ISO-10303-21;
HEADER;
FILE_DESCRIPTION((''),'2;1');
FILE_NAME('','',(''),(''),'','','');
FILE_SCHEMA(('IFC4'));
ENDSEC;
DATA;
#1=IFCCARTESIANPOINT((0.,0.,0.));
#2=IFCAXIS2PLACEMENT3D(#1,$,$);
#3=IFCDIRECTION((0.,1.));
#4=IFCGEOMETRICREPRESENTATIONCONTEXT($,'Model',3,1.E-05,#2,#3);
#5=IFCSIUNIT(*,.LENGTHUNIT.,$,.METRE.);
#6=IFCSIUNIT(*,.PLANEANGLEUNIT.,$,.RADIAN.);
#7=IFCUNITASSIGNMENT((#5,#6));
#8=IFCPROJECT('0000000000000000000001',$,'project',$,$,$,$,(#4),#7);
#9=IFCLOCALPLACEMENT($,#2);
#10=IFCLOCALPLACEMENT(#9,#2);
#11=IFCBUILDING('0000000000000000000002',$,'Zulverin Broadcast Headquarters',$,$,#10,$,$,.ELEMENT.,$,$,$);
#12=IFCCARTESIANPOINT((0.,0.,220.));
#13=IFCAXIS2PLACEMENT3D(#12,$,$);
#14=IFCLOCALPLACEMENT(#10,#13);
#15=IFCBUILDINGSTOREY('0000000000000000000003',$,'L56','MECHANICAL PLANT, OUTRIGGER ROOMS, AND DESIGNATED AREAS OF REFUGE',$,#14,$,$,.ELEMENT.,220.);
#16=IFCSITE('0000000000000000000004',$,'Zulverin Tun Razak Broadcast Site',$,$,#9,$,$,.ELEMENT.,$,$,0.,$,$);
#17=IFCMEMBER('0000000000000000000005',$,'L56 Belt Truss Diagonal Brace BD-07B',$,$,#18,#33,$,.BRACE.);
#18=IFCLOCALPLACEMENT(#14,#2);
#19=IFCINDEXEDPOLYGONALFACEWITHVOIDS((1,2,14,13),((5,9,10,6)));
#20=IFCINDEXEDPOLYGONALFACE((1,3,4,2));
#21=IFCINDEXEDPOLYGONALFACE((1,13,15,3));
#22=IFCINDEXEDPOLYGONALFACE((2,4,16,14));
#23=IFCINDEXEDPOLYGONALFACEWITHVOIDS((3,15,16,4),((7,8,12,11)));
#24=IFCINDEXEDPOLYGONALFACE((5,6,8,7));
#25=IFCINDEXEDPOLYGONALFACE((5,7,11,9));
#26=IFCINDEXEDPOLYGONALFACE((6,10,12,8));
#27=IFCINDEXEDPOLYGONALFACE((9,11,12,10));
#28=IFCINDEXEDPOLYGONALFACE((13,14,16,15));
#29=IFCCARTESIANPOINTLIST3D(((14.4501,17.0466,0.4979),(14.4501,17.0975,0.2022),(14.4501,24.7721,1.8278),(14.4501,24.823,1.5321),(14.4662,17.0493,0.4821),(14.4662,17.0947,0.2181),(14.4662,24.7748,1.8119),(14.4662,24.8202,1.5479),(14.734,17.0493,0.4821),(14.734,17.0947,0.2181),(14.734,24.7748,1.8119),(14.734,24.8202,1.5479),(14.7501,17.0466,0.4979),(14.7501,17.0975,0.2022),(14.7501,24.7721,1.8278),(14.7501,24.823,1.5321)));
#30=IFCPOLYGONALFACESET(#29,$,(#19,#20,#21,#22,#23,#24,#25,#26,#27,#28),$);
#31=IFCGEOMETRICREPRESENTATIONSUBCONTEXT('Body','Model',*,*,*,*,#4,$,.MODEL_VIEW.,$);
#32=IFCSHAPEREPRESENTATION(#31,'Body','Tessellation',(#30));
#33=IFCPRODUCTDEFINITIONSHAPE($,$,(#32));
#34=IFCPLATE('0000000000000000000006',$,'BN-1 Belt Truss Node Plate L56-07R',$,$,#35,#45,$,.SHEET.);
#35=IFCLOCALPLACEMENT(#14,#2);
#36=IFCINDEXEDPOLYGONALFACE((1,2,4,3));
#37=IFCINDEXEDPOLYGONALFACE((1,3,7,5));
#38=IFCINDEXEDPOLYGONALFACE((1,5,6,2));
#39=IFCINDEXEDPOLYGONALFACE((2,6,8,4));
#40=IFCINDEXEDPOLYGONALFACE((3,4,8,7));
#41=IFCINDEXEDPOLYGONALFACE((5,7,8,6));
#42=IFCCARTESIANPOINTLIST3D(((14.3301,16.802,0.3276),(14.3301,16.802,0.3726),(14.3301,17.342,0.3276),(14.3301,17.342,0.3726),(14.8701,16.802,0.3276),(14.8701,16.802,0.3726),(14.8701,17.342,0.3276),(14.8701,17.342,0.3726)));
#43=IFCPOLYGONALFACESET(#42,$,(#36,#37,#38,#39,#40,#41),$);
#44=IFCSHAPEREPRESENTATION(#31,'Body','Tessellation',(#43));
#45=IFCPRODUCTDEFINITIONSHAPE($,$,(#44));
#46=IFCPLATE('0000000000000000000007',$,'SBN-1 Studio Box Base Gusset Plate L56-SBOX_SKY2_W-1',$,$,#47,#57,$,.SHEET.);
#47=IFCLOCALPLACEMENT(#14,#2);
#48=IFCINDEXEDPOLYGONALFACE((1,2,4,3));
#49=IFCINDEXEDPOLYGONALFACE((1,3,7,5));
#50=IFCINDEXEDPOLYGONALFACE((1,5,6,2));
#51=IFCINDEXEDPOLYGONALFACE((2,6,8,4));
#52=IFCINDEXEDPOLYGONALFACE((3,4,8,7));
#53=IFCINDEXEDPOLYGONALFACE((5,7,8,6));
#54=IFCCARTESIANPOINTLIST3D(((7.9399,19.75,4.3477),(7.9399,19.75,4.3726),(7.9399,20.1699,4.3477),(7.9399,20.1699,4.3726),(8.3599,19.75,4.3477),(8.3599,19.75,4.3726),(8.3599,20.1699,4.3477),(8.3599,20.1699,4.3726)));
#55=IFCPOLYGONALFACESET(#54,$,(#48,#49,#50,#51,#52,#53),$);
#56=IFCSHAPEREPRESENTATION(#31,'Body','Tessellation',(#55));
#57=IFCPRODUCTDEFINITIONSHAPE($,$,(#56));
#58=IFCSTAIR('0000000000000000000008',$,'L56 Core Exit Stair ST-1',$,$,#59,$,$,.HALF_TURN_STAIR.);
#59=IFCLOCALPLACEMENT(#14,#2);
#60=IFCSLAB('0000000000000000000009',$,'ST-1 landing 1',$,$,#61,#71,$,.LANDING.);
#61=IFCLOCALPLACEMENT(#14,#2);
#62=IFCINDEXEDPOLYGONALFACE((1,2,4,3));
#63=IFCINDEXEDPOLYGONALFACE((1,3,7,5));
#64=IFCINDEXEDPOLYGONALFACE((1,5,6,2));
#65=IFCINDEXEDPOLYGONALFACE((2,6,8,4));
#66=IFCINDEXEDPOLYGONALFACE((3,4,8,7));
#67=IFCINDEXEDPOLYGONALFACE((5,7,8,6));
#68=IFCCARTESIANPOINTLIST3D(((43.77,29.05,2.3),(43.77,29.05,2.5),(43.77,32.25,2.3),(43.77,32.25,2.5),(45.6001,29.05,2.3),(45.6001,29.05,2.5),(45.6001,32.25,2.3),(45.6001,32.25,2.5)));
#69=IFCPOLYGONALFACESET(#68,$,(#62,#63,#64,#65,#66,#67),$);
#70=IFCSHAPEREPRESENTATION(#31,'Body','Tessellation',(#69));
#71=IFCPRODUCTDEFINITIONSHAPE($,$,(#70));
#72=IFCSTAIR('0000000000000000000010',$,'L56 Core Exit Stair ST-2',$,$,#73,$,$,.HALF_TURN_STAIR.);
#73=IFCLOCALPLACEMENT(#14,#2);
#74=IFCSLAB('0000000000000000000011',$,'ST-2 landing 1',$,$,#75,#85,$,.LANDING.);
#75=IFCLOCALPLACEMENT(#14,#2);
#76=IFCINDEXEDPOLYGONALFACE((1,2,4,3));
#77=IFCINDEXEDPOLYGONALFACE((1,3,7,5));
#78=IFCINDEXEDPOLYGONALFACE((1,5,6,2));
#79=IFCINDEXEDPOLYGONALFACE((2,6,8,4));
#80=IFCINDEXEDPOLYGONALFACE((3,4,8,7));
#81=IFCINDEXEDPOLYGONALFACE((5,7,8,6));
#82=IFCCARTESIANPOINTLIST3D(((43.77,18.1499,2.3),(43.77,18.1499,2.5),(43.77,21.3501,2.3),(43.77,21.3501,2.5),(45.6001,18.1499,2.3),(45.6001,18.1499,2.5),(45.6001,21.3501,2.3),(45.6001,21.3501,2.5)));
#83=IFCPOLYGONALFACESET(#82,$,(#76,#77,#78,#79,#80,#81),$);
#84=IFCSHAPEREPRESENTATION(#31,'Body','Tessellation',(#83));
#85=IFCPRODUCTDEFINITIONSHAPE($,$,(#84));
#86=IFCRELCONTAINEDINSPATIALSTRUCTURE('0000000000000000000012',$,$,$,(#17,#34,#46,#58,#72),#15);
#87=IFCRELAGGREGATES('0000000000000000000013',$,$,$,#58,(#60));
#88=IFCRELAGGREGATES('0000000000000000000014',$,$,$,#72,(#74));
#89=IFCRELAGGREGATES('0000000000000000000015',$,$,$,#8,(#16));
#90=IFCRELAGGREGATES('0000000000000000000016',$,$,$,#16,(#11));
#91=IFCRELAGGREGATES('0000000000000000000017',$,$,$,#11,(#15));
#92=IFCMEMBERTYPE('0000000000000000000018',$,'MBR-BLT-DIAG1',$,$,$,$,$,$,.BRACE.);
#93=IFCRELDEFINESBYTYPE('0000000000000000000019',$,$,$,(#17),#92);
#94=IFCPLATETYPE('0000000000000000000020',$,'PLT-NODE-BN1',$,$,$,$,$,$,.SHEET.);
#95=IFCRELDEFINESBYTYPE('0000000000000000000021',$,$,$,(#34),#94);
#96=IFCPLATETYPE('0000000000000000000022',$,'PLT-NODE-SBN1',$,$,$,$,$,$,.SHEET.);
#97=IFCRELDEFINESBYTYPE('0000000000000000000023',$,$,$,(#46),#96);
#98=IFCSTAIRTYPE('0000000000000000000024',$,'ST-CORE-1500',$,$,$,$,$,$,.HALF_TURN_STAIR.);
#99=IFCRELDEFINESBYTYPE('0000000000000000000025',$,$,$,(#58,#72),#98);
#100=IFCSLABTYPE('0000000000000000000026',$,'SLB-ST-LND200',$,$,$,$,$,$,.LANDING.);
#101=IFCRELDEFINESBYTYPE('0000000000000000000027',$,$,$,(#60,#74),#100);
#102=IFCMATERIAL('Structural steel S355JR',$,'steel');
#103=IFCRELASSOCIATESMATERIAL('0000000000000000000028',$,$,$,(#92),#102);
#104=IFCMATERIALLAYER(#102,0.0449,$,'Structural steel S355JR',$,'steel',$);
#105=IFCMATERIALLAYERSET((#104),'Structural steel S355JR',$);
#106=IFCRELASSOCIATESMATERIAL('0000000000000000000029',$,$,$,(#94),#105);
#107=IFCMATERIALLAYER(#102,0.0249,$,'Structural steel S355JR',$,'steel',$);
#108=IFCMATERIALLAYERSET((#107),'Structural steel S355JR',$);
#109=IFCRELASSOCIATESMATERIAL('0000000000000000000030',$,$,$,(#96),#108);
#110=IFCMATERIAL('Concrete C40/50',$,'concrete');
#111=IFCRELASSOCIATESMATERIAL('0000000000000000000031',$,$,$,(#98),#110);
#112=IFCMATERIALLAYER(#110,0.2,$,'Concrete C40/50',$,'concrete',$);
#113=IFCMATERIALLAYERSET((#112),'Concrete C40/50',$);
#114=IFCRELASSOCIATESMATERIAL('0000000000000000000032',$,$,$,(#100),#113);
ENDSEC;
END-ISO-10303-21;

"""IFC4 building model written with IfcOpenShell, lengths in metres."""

from ifc_helpers import new_model, si_unit, direction, frame, origin, origin_2d, place, context, subcontext, project, spatial, polyline, rectangle, hollow_rectangle, outline, extrude, material, layer, layer_set, material_profile, profile_set, type_object, element, aggregate, save


model = new_model("IFC4")

# Units and contexts
model_context = context("Model", 3, precision=1e-05, world=origin(), true_north=direction((0.0, 1.0)))
body_context = subcontext(model_context, "Body", "Model", "MODEL_VIEW")
ifc_project = project(units=[si_unit("LENGTHUNIT", "METRE"), si_unit("PLANEANGLEUNIT", "RADIAN")], contexts=[model_context])

# Site, building, storey
site_placement = place(None, origin())
site = spatial("IfcSite", under=ifc_project, at=site_placement, Name="Zulverin Tun Razak Broadcast Site", CompositionType="ELEMENT", RefElevation=0.0)
building_placement = place(site_placement, origin())
building = spatial("IfcBuilding", under=site, at=building_placement, Name="Zulverin Broadcast Headquarters", CompositionType="ELEMENT")
storey_placement = place(building_placement, frame((0.0, 0.0, 220.0)))
storey = spatial("IfcBuildingStorey", under=building, at=storey_placement, Name="L56", Description="MECHANICAL PLANT, OUTRIGGER ROOMS, AND DESIGNATED AREAS OF REFUGE", CompositionType="ELEMENT", Elevation=220.0)

# Shared definitions
ifc_material_1 = material(Name="Structural steel S355JR", Category="steel")

# Member
ifc_material_profile_1 = material_profile(ifc_material_1, hollow_rectangle(XDim=0.3, YDim=0.3, WallThickness=0.0161, at=origin_2d()), Name="Structural steel S355JR", Category="steel")
ifc_profile_set_1 = profile_set([ifc_material_profile_1], Name="Structural steel S355JR")
member_type = type_object("IfcMemberType", Name="MBR-BLT-DIAG1", PredefinedType="BRACE", material=ifc_profile_set_1)
member_1_placement = place(storey_placement, frame((14.6001, 17.072, 0.3501), z_axis=(0.0, 0.985506, 0.169639), x_axis=(-1.0, 0.0, 0.0)))
element("IfcMember", 1, at=member_1_placement, inside=storey, type_object=member_type, Name="L56 Belt Truss Diagonal Brace BD-07B", PredefinedType="BRACE", context=body_context, shape_type="SweptSolid", body=[
    extrude(hollow_rectangle(XDim=0.3, YDim=0.3, WallThickness=0.0161, at=origin_2d()), origin(), (0.0, 0.0, 1.0), 7.8391),
])

# Plates
ifc_layer_1 = layer(ifc_material_1, 0.0449, Name="Structural steel S355JR", Category="steel")
ifc_layer_set_1 = layer_set([ifc_layer_1], Name="Structural steel S355JR")
plate_type_1 = type_object("IfcPlateType", Name="PLT-NODE-BN1", PredefinedType="SHEET", material=ifc_layer_set_1)
plate_1_placement = place(storey_placement, frame((14.6001, 17.072, 0.3276), z_axis=(0.0, 0.0, 1.0), x_axis=(1.0, 0.0, 0.0)))
element("IfcPlate", 2, at=plate_1_placement, inside=storey, type_object=plate_type_1, Name="BN-1 Belt Truss Node Plate L56-07R", PredefinedType="SHEET", context=body_context, shape_type="SweptSolid", body=[
    extrude(rectangle(XDim=0.54, YDim=0.54, at=origin_2d()), origin(), (0.0, 0.0, 1.0), 0.0449),
])
ifc_layer_2 = layer(ifc_material_1, 0.0249, Name="Structural steel S355JR", Category="steel")
ifc_layer_set_2 = layer_set([ifc_layer_2], Name="Structural steel S355JR")
plate_type_2 = type_object("IfcPlateType", Name="PLT-NODE-SBN1", PredefinedType="SHEET", material=ifc_layer_set_2)
plate_2_placement = place(storey_placement, frame((8.1499, 19.96, 4.3477), z_axis=(0.0, 0.0, 1.0), x_axis=(1.0, 0.0, 0.0)))
element("IfcPlate", 3, at=plate_2_placement, inside=storey, type_object=plate_type_2, Name="SBN-1 Studio Box Base Gusset Plate L56-SBOX_SKY2_W-1", PredefinedType="SHEET", context=body_context, shape_type="SweptSolid", body=[
    extrude(rectangle(XDim=0.4199, YDim=0.4199, at=origin_2d()), origin(), (0.0, 0.0, 1.0), 0.0249),
])

# Stairs, slabs
ifc_material_2 = material(Name="Concrete C40/50", Category="concrete")
stair_type = type_object("IfcStairType", Name="ST-CORE-1500", PredefinedType="HALF_TURN_STAIR", material=ifc_material_2)
stair_1_placement = place(storey_placement, origin())
stair_1 = element("IfcStair", 4, at=stair_1_placement, inside=storey, type_object=stair_type, Name="L56 Core Exit Stair ST-1", PredefinedType="HALF_TURN_STAIR")
ifc_layer_3 = layer(ifc_material_2, 0.2, Name="Concrete C40/50", Category="concrete")
ifc_layer_set_3 = layer_set([ifc_layer_3], Name="Concrete C40/50")
slab_type_1 = type_object("IfcSlabType", Name="SLB-ST-LND200", PredefinedType="LANDING", material=ifc_layer_set_3)
slab_1_placement = place(storey_placement, frame((0.0, 0.0, 2.3)))
slab_1 = element("IfcSlab", 5, at=slab_1_placement, type_object=slab_type_1, Name="ST-1 landing 1", PredefinedType="LANDING", context=body_context, shape_type="SweptSolid", body=[
    extrude(outline(polyline([(43.77, 29.05), (45.6001, 29.05), (45.6001, 32.25), (43.77, 32.25), (43.77, 29.05)])), origin(), (0.0, 0.0, 1.0), 0.2),
])
aggregate(stair_1, [slab_1])
stair_2_placement = place(storey_placement, origin())
stair_2 = element("IfcStair", 6, at=stair_2_placement, inside=storey, type_object=stair_type, Name="L56 Core Exit Stair ST-2", PredefinedType="HALF_TURN_STAIR")
slab_2_placement = place(storey_placement, frame((0.0, 0.0, 2.3)))
slab_2 = element("IfcSlab", 7, at=slab_2_placement, type_object=slab_type_1, Name="ST-2 landing 1", PredefinedType="LANDING", context=body_context, shape_type="SweptSolid", body=[
    extrude(outline(polyline([(43.77, 18.1499), (45.6001, 18.1499), (45.6001, 21.3501), (43.77, 21.3501), (43.77, 18.1499)])), origin(), (0.0, 0.0, 1.0), 0.2),
])
aggregate(stair_2, [slab_2])

save(model, "model.ifc")
